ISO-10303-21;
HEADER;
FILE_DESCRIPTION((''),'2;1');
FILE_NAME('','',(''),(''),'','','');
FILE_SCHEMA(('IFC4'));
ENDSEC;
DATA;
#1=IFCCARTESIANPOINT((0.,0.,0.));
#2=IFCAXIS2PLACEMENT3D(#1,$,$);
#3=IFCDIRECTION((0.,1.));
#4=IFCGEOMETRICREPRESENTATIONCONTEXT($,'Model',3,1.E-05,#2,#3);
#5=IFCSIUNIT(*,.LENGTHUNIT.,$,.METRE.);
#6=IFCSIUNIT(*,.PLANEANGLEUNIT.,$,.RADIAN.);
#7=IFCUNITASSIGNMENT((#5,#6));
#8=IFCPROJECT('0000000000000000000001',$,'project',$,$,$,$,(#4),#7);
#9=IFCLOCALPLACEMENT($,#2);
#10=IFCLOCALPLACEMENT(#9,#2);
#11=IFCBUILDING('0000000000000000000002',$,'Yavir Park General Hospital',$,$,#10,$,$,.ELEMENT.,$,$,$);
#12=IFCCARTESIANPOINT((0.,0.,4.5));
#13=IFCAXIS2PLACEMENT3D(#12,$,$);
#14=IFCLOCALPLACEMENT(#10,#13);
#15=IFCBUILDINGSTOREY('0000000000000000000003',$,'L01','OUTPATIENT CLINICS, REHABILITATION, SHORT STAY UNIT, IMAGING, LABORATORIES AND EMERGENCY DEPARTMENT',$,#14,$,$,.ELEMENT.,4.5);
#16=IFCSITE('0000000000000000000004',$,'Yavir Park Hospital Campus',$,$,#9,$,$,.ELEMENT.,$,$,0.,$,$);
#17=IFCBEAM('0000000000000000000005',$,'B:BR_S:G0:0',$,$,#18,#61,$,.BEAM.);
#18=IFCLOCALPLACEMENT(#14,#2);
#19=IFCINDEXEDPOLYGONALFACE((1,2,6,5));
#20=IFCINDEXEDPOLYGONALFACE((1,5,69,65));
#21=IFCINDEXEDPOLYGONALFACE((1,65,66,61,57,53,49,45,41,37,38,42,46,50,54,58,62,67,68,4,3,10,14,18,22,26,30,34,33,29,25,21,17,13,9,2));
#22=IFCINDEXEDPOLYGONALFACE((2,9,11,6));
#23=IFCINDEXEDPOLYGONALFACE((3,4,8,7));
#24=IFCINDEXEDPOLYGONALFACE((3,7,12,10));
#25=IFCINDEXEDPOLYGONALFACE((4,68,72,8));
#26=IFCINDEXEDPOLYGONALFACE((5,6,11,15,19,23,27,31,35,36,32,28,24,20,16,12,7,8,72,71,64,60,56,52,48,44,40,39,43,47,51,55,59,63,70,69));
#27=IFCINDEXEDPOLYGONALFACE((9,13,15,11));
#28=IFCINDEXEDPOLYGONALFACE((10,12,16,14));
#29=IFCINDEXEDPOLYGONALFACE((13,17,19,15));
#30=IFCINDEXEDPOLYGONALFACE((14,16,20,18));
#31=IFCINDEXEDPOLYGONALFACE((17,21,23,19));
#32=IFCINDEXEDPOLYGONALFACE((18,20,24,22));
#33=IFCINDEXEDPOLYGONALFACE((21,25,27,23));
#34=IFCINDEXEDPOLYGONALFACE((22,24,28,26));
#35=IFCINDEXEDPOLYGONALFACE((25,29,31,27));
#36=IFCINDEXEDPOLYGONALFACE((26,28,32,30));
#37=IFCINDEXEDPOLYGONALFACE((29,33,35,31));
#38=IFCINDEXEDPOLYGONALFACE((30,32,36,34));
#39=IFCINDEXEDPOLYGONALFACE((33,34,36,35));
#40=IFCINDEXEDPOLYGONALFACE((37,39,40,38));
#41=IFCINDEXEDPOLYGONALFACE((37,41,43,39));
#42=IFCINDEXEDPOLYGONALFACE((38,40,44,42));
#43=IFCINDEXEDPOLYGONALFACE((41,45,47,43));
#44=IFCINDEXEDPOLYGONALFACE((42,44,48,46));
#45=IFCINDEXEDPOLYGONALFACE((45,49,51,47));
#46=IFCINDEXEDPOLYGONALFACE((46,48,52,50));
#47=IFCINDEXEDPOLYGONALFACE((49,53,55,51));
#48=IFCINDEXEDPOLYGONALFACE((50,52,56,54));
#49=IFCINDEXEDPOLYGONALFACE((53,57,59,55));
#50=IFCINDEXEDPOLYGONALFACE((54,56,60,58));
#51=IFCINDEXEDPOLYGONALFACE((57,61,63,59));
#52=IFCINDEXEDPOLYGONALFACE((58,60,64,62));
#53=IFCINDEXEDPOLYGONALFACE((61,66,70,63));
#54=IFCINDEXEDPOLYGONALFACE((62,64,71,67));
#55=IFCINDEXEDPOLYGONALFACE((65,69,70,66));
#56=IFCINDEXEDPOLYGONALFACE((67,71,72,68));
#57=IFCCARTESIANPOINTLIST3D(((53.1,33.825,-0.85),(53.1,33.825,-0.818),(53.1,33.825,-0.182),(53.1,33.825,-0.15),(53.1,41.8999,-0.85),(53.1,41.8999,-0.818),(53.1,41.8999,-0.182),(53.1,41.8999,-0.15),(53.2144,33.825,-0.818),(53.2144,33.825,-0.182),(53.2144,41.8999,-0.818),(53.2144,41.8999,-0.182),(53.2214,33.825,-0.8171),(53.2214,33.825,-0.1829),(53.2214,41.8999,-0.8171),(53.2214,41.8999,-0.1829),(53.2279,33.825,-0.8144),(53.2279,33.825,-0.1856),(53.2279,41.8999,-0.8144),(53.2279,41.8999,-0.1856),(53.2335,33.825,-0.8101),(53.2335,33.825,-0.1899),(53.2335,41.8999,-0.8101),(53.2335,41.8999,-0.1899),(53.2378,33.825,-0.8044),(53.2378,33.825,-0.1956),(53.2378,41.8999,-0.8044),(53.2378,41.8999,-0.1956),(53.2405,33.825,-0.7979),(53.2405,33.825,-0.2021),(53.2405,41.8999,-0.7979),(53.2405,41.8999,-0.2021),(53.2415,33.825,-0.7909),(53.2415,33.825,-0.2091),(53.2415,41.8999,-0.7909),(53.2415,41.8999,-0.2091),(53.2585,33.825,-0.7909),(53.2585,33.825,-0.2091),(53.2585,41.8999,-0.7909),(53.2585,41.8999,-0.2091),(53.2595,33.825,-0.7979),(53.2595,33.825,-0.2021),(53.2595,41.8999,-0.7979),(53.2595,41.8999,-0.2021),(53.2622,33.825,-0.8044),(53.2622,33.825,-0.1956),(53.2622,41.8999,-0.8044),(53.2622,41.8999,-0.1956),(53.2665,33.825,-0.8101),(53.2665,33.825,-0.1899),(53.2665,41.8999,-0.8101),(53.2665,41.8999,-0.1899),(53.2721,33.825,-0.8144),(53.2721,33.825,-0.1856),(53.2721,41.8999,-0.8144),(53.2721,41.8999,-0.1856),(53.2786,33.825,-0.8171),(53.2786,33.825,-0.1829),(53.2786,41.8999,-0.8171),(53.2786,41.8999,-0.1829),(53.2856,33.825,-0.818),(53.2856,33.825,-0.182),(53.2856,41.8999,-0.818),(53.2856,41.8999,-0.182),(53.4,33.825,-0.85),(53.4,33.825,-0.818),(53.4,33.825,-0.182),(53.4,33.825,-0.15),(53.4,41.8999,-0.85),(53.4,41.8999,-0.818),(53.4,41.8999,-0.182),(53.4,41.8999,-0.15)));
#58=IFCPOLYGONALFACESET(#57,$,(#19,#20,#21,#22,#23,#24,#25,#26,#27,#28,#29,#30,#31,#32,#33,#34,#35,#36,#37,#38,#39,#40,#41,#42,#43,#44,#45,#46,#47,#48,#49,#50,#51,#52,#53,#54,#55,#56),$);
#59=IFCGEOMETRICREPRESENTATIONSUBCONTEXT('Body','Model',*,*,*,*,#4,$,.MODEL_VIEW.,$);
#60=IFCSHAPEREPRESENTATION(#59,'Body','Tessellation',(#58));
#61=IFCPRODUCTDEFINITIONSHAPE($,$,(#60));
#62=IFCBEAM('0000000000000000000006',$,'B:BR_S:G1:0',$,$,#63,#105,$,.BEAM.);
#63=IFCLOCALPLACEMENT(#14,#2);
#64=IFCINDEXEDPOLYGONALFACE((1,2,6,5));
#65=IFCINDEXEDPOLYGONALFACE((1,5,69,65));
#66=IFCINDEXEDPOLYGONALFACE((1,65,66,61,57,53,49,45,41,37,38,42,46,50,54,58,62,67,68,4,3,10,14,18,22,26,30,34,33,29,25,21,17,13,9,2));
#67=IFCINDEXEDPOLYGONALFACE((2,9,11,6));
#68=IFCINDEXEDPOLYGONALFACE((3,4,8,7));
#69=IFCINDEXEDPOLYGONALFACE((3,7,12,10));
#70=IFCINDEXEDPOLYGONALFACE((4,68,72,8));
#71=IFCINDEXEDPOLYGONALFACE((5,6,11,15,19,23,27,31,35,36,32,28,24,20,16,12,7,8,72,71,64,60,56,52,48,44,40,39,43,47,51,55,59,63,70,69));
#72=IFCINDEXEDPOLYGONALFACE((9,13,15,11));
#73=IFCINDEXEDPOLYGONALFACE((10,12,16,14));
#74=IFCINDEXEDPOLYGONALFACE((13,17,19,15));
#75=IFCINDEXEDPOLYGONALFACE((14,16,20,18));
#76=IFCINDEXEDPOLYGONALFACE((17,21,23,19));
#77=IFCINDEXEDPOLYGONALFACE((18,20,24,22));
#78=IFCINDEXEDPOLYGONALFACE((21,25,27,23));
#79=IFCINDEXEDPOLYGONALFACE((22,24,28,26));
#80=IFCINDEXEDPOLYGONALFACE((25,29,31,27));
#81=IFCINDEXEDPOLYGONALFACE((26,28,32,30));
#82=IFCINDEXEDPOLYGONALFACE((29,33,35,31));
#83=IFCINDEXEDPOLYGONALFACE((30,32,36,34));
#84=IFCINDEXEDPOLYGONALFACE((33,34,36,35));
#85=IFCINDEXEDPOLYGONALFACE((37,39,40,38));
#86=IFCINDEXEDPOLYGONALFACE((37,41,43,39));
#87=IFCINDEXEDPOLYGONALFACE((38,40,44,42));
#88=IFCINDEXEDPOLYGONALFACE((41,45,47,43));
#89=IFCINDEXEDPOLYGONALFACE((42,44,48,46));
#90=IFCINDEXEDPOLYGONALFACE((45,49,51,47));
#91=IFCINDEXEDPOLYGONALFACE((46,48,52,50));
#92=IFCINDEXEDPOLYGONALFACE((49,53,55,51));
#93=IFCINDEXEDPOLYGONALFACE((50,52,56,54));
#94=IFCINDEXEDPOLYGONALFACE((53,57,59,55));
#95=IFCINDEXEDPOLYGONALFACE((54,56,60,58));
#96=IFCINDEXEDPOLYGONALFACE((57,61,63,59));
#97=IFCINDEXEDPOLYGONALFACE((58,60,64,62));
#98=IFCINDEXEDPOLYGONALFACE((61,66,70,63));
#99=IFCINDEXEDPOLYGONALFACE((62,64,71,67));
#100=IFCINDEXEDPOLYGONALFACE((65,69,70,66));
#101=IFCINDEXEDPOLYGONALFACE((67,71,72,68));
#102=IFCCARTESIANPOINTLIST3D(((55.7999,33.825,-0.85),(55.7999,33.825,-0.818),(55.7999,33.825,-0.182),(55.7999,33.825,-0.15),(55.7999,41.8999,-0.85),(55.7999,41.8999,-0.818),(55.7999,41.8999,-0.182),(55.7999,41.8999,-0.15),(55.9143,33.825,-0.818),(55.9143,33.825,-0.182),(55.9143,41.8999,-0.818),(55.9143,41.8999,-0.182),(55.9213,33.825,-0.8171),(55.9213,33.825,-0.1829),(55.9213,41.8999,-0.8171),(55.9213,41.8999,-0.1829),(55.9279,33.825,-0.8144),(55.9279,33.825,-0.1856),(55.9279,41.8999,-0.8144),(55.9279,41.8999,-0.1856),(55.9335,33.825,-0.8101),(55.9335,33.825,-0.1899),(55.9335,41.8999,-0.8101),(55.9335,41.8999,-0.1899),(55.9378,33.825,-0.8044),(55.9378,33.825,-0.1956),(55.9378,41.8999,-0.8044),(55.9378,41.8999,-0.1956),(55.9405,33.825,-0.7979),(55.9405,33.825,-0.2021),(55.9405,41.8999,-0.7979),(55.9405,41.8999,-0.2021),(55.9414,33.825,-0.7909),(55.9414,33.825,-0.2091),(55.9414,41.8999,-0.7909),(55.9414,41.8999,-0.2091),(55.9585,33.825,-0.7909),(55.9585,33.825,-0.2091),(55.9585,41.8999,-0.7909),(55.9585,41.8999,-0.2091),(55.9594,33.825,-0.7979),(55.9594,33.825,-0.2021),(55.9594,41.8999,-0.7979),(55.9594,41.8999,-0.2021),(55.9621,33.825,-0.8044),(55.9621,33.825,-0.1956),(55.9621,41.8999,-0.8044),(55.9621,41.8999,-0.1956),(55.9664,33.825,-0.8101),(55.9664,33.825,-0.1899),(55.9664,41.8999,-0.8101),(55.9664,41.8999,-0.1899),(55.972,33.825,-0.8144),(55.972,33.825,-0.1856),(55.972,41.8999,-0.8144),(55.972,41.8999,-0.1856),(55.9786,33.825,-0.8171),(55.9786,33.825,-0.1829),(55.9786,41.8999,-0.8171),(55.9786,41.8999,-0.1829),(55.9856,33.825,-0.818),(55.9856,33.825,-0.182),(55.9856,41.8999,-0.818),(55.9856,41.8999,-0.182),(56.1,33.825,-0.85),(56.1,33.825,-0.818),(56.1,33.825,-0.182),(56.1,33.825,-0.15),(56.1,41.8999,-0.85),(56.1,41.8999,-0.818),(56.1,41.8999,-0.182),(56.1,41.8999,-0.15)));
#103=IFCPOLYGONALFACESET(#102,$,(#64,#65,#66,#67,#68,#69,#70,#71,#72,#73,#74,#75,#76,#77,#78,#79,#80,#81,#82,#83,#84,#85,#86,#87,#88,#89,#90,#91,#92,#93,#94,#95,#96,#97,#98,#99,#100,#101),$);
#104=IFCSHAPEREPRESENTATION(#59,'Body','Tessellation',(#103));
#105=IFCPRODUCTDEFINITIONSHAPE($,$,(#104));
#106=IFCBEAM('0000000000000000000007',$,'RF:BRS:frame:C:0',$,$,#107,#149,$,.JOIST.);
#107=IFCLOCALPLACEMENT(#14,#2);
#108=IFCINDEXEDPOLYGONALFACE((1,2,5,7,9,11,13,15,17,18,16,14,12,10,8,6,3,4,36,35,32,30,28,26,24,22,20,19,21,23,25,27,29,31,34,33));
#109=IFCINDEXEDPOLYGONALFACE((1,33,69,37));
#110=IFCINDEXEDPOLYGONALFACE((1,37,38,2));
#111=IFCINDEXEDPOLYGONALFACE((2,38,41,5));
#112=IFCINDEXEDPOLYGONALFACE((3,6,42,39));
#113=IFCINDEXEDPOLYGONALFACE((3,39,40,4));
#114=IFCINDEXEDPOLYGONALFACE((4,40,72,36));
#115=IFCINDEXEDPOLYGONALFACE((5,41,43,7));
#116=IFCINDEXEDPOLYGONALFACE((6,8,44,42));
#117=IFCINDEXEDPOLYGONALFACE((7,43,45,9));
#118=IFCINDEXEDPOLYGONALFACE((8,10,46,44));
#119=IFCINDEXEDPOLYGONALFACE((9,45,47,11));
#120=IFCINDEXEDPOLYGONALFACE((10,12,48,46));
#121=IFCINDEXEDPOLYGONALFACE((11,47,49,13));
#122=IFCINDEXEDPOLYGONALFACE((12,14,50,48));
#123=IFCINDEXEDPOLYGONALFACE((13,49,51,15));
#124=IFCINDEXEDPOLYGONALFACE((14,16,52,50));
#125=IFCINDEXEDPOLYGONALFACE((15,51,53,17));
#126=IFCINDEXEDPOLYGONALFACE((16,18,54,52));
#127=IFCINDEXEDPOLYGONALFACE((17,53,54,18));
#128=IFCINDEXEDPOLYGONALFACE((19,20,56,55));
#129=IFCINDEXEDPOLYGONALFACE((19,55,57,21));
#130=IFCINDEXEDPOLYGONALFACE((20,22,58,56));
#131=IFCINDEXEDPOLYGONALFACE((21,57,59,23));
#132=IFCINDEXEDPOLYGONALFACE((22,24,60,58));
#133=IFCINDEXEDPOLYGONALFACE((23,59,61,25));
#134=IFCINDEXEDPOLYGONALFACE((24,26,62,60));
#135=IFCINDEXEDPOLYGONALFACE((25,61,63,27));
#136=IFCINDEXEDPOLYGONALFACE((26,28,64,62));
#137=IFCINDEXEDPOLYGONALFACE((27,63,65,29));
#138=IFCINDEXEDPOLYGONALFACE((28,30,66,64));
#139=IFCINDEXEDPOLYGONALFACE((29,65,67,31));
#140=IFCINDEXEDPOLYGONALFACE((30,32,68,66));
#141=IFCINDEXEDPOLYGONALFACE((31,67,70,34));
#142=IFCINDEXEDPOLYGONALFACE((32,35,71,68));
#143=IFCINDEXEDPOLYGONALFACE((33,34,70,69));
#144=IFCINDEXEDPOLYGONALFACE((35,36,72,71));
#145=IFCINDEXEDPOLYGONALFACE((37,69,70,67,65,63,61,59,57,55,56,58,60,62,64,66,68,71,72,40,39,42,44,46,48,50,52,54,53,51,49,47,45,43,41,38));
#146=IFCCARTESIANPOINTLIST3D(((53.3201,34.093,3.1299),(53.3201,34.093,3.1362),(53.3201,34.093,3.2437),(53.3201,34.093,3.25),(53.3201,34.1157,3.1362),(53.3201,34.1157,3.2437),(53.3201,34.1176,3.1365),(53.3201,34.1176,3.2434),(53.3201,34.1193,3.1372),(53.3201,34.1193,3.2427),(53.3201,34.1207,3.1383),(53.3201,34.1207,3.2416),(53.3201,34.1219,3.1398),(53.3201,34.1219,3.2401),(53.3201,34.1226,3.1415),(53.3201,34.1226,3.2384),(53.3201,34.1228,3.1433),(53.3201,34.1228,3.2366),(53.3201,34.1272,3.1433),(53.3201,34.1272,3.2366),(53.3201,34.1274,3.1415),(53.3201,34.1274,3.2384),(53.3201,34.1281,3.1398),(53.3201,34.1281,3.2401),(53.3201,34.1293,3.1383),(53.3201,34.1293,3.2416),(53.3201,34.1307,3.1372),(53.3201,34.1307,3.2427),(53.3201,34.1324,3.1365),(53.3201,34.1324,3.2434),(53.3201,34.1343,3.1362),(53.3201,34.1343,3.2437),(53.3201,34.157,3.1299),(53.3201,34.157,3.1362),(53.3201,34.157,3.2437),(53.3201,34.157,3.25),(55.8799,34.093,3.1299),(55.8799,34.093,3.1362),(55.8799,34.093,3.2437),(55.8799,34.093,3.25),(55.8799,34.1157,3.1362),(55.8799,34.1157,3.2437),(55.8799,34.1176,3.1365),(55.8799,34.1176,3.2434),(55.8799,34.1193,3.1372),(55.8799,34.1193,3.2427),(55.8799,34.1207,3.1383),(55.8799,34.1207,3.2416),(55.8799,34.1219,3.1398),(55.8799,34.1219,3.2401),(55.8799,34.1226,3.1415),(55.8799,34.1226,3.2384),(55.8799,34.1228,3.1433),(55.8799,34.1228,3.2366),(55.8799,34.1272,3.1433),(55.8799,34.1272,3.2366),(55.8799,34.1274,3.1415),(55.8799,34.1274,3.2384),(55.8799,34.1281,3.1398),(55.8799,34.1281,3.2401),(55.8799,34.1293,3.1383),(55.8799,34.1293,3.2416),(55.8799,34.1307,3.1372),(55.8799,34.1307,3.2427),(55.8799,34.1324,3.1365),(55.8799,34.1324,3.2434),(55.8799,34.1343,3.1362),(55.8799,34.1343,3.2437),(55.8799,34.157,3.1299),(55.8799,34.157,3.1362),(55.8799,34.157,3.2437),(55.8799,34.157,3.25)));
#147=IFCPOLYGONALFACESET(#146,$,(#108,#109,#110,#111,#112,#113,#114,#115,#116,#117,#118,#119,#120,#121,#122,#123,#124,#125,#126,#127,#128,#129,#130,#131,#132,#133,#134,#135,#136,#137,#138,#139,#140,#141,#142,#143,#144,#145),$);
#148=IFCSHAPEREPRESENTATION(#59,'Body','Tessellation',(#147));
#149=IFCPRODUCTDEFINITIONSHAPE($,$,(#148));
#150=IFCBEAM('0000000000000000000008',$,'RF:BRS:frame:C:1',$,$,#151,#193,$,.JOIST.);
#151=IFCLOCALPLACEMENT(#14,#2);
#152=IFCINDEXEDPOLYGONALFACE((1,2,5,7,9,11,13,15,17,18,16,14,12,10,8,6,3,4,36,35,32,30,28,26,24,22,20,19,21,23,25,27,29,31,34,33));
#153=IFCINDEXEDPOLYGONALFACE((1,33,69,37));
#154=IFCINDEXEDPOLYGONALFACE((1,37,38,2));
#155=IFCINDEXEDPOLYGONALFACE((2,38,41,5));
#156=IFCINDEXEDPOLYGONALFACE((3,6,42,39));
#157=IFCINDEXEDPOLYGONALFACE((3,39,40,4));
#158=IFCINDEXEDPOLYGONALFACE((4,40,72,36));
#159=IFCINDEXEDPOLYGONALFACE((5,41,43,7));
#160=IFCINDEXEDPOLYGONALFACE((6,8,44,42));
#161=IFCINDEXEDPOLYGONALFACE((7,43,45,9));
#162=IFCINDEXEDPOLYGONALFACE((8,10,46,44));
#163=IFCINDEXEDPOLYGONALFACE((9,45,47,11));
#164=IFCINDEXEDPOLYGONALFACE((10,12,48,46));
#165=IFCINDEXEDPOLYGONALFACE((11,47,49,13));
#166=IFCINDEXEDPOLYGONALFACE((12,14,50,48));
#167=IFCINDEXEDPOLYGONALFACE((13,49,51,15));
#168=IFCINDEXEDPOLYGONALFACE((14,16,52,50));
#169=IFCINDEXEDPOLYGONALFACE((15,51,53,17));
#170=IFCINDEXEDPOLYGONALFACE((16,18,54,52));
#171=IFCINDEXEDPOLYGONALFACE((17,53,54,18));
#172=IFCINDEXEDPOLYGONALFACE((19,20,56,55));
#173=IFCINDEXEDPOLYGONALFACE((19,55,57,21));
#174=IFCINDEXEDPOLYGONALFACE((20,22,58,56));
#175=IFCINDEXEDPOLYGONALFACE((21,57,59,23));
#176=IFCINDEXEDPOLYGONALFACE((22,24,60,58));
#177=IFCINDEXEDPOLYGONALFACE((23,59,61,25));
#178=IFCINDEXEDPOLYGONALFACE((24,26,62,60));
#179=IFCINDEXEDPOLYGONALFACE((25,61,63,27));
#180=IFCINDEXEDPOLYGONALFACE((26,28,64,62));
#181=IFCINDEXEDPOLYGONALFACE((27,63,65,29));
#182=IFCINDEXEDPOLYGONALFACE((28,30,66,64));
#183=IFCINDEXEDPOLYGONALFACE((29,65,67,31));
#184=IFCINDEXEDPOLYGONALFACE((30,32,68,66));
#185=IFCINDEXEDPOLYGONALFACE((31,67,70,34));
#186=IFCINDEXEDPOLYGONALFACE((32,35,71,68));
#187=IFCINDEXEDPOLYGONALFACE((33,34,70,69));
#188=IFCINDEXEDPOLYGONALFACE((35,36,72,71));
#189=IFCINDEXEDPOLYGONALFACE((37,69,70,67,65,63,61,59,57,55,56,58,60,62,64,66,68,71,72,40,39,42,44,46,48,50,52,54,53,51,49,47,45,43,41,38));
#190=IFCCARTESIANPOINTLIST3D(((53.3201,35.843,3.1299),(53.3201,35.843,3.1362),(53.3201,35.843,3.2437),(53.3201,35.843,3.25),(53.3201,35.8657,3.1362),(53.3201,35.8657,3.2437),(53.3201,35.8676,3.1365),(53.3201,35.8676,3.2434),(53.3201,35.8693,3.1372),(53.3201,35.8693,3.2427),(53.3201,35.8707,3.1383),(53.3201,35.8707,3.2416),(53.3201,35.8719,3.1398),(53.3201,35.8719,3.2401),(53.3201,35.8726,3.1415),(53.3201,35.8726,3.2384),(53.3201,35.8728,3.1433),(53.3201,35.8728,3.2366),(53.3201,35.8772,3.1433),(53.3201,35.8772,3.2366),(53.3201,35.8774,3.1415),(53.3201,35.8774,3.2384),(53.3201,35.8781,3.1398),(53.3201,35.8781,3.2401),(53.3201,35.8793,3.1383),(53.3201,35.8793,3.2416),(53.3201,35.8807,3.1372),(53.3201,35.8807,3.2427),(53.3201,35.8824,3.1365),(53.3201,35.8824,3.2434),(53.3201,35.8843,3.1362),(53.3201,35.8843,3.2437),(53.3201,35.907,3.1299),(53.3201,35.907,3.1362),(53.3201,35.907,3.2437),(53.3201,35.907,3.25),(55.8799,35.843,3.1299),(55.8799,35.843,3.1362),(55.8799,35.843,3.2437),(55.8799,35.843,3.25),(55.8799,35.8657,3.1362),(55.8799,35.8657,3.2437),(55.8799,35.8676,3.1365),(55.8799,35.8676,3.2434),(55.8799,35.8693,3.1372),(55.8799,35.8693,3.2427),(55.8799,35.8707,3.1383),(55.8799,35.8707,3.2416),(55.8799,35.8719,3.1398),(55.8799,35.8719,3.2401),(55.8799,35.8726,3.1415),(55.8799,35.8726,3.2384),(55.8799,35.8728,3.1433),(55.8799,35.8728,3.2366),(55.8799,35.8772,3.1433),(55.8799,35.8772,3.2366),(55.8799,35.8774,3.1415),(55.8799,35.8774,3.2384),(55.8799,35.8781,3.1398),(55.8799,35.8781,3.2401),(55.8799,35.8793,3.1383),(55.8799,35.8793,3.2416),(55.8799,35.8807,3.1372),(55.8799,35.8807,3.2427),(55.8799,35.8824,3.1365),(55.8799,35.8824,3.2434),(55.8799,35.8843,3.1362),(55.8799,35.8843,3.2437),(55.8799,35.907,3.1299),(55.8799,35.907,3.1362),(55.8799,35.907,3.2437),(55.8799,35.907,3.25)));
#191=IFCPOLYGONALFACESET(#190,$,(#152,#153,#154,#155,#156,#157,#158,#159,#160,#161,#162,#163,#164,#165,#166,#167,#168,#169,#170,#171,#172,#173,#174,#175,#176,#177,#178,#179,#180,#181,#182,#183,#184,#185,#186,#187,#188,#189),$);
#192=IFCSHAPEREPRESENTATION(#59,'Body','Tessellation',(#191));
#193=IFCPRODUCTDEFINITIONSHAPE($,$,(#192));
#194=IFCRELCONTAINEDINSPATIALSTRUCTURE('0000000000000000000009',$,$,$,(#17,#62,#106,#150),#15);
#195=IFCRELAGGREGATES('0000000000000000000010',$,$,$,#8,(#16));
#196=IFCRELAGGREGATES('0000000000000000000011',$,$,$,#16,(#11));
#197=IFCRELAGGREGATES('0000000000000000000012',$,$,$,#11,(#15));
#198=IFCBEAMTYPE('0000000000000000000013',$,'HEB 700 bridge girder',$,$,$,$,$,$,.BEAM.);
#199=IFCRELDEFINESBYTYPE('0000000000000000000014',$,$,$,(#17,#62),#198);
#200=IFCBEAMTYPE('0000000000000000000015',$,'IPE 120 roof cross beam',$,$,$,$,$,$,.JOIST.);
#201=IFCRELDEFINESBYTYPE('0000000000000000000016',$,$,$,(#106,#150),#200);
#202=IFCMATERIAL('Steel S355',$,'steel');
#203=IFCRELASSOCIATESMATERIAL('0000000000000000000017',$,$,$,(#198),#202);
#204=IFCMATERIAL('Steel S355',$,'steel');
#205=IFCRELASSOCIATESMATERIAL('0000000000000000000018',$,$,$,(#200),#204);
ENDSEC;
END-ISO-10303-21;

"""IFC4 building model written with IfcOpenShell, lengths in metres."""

from ifc_helpers import new_model, si_unit, direction, frame, origin, origin_2d, place, context, subcontext, project, spatial, i_section, extrude, material, material_profile, profile_set, type_object, element, save


model = new_model("IFC4")

# Units and contexts
model_context = context("Model", 3, precision=1e-05, world=origin(), true_north=direction((0.0, 1.0)))
body_context = subcontext(model_context, "Body", "Model", "MODEL_VIEW")
ifc_project = project(units=[si_unit("LENGTHUNIT", "METRE"), si_unit("PLANEANGLEUNIT", "RADIAN")], contexts=[model_context])

# Site, building, storey
site_placement = place(None, origin())
site = spatial("IfcSite", under=ifc_project, at=site_placement, Name="Yavir Park Hospital Campus", CompositionType="ELEMENT", RefElevation=0.0)
building_placement = place(site_placement, origin())
building = spatial("IfcBuilding", under=site, at=building_placement, Name="Yavir Park General Hospital", CompositionType="ELEMENT")
storey_placement = place(building_placement, frame((0.0, 0.0, 4.5)))
storey = spatial("IfcBuildingStorey", under=building, at=storey_placement, Name="L01", Description="OUTPATIENT CLINICS, REHABILITATION, SHORT STAY UNIT, IMAGING, LABORATORIES AND EMERGENCY DEPARTMENT", CompositionType="ELEMENT", Elevation=4.5)

# Beams
ifc_material_1 = material(Name="Steel S355", Category="steel")
ifc_material_profile_1 = material_profile(ifc_material_1, i_section(OverallWidth=0.3, OverallDepth=0.7, WebThickness=0.0171, FlangeThickness=0.032, FilletRadius=0.0271, at=origin_2d()), Name="HEB700")
ifc_profile_set_1 = profile_set([ifc_material_profile_1], Name="Steel S355")
beam_type_1 = type_object("IfcBeamType", Name="HEB 700 bridge girder", PredefinedType="BEAM", material=ifc_profile_set_1)
for number, where, z_axis, x_axis, name in (
    (1, (53.25, 33.825, -0.5), (0.0, 1.0, 0.0), (-1.0, 0.0, 0.0), "B:BR_S:G0:0"),
    (2, (55.95, 33.825, -0.5), (0.0, 1.0, 0.0), (-1.0, 0.0, 0.0), "B:BR_S:G1:0"),
):
    element("IfcBeam", number, at=place(storey_placement, frame(where, z_axis=z_axis, x_axis=x_axis)), inside=storey, type_object=beam_type_1, Name=name, PredefinedType="BEAM", context=body_context, shape_type="SweptSolid", body=[
        extrude(i_section(OverallWidth=0.3, OverallDepth=0.7, WebThickness=0.0171, FlangeThickness=0.032, FilletRadius=0.0271, at=origin_2d()), origin(), (0.0, 0.0, 1.0), 8.075),
    ])
ifc_material_2 = material(Name="Steel S355", Category="steel")
ifc_material_profile_2 = material_profile(ifc_material_2, i_section(OverallWidth=0.064, OverallDepth=0.1201, WebThickness=0.0044, FlangeThickness=0.0063, FilletRadius=0.0071, at=origin_2d()), Name="IPE120")
ifc_profile_set_2 = profile_set([ifc_material_profile_2], Name="Steel S355")
beam_type_2 = type_object("IfcBeamType", Name="IPE 120 roof cross beam", PredefinedType="JOIST", material=ifc_profile_set_2)
for number, where, z_axis, x_axis, name in (
    (3, (53.3201, 34.125, 3.1899), (1.0, 0.0, 0.0), (0.0, 1.0, 0.0), "RF:BRS:frame:C:0"),
    (4, (53.3201, 35.875, 3.1899), (1.0, 0.0, 0.0), (0.0, 1.0, 0.0), "RF:BRS:frame:C:1"),
):
    element("IfcBeam", number, at=place(storey_placement, frame(where, z_axis=z_axis, x_axis=x_axis)), inside=storey, type_object=beam_type_2, Name=name, PredefinedType="JOIST", context=body_context, shape_type="SweptSolid", body=[
        extrude(i_section(OverallWidth=0.064, OverallDepth=0.1201, WebThickness=0.0044, FlangeThickness=0.0063, FilletRadius=0.0071, at=origin_2d()), origin(), (0.0, 0.0, 1.0), 2.5598),
    ])

save(model, "model.ifc")
